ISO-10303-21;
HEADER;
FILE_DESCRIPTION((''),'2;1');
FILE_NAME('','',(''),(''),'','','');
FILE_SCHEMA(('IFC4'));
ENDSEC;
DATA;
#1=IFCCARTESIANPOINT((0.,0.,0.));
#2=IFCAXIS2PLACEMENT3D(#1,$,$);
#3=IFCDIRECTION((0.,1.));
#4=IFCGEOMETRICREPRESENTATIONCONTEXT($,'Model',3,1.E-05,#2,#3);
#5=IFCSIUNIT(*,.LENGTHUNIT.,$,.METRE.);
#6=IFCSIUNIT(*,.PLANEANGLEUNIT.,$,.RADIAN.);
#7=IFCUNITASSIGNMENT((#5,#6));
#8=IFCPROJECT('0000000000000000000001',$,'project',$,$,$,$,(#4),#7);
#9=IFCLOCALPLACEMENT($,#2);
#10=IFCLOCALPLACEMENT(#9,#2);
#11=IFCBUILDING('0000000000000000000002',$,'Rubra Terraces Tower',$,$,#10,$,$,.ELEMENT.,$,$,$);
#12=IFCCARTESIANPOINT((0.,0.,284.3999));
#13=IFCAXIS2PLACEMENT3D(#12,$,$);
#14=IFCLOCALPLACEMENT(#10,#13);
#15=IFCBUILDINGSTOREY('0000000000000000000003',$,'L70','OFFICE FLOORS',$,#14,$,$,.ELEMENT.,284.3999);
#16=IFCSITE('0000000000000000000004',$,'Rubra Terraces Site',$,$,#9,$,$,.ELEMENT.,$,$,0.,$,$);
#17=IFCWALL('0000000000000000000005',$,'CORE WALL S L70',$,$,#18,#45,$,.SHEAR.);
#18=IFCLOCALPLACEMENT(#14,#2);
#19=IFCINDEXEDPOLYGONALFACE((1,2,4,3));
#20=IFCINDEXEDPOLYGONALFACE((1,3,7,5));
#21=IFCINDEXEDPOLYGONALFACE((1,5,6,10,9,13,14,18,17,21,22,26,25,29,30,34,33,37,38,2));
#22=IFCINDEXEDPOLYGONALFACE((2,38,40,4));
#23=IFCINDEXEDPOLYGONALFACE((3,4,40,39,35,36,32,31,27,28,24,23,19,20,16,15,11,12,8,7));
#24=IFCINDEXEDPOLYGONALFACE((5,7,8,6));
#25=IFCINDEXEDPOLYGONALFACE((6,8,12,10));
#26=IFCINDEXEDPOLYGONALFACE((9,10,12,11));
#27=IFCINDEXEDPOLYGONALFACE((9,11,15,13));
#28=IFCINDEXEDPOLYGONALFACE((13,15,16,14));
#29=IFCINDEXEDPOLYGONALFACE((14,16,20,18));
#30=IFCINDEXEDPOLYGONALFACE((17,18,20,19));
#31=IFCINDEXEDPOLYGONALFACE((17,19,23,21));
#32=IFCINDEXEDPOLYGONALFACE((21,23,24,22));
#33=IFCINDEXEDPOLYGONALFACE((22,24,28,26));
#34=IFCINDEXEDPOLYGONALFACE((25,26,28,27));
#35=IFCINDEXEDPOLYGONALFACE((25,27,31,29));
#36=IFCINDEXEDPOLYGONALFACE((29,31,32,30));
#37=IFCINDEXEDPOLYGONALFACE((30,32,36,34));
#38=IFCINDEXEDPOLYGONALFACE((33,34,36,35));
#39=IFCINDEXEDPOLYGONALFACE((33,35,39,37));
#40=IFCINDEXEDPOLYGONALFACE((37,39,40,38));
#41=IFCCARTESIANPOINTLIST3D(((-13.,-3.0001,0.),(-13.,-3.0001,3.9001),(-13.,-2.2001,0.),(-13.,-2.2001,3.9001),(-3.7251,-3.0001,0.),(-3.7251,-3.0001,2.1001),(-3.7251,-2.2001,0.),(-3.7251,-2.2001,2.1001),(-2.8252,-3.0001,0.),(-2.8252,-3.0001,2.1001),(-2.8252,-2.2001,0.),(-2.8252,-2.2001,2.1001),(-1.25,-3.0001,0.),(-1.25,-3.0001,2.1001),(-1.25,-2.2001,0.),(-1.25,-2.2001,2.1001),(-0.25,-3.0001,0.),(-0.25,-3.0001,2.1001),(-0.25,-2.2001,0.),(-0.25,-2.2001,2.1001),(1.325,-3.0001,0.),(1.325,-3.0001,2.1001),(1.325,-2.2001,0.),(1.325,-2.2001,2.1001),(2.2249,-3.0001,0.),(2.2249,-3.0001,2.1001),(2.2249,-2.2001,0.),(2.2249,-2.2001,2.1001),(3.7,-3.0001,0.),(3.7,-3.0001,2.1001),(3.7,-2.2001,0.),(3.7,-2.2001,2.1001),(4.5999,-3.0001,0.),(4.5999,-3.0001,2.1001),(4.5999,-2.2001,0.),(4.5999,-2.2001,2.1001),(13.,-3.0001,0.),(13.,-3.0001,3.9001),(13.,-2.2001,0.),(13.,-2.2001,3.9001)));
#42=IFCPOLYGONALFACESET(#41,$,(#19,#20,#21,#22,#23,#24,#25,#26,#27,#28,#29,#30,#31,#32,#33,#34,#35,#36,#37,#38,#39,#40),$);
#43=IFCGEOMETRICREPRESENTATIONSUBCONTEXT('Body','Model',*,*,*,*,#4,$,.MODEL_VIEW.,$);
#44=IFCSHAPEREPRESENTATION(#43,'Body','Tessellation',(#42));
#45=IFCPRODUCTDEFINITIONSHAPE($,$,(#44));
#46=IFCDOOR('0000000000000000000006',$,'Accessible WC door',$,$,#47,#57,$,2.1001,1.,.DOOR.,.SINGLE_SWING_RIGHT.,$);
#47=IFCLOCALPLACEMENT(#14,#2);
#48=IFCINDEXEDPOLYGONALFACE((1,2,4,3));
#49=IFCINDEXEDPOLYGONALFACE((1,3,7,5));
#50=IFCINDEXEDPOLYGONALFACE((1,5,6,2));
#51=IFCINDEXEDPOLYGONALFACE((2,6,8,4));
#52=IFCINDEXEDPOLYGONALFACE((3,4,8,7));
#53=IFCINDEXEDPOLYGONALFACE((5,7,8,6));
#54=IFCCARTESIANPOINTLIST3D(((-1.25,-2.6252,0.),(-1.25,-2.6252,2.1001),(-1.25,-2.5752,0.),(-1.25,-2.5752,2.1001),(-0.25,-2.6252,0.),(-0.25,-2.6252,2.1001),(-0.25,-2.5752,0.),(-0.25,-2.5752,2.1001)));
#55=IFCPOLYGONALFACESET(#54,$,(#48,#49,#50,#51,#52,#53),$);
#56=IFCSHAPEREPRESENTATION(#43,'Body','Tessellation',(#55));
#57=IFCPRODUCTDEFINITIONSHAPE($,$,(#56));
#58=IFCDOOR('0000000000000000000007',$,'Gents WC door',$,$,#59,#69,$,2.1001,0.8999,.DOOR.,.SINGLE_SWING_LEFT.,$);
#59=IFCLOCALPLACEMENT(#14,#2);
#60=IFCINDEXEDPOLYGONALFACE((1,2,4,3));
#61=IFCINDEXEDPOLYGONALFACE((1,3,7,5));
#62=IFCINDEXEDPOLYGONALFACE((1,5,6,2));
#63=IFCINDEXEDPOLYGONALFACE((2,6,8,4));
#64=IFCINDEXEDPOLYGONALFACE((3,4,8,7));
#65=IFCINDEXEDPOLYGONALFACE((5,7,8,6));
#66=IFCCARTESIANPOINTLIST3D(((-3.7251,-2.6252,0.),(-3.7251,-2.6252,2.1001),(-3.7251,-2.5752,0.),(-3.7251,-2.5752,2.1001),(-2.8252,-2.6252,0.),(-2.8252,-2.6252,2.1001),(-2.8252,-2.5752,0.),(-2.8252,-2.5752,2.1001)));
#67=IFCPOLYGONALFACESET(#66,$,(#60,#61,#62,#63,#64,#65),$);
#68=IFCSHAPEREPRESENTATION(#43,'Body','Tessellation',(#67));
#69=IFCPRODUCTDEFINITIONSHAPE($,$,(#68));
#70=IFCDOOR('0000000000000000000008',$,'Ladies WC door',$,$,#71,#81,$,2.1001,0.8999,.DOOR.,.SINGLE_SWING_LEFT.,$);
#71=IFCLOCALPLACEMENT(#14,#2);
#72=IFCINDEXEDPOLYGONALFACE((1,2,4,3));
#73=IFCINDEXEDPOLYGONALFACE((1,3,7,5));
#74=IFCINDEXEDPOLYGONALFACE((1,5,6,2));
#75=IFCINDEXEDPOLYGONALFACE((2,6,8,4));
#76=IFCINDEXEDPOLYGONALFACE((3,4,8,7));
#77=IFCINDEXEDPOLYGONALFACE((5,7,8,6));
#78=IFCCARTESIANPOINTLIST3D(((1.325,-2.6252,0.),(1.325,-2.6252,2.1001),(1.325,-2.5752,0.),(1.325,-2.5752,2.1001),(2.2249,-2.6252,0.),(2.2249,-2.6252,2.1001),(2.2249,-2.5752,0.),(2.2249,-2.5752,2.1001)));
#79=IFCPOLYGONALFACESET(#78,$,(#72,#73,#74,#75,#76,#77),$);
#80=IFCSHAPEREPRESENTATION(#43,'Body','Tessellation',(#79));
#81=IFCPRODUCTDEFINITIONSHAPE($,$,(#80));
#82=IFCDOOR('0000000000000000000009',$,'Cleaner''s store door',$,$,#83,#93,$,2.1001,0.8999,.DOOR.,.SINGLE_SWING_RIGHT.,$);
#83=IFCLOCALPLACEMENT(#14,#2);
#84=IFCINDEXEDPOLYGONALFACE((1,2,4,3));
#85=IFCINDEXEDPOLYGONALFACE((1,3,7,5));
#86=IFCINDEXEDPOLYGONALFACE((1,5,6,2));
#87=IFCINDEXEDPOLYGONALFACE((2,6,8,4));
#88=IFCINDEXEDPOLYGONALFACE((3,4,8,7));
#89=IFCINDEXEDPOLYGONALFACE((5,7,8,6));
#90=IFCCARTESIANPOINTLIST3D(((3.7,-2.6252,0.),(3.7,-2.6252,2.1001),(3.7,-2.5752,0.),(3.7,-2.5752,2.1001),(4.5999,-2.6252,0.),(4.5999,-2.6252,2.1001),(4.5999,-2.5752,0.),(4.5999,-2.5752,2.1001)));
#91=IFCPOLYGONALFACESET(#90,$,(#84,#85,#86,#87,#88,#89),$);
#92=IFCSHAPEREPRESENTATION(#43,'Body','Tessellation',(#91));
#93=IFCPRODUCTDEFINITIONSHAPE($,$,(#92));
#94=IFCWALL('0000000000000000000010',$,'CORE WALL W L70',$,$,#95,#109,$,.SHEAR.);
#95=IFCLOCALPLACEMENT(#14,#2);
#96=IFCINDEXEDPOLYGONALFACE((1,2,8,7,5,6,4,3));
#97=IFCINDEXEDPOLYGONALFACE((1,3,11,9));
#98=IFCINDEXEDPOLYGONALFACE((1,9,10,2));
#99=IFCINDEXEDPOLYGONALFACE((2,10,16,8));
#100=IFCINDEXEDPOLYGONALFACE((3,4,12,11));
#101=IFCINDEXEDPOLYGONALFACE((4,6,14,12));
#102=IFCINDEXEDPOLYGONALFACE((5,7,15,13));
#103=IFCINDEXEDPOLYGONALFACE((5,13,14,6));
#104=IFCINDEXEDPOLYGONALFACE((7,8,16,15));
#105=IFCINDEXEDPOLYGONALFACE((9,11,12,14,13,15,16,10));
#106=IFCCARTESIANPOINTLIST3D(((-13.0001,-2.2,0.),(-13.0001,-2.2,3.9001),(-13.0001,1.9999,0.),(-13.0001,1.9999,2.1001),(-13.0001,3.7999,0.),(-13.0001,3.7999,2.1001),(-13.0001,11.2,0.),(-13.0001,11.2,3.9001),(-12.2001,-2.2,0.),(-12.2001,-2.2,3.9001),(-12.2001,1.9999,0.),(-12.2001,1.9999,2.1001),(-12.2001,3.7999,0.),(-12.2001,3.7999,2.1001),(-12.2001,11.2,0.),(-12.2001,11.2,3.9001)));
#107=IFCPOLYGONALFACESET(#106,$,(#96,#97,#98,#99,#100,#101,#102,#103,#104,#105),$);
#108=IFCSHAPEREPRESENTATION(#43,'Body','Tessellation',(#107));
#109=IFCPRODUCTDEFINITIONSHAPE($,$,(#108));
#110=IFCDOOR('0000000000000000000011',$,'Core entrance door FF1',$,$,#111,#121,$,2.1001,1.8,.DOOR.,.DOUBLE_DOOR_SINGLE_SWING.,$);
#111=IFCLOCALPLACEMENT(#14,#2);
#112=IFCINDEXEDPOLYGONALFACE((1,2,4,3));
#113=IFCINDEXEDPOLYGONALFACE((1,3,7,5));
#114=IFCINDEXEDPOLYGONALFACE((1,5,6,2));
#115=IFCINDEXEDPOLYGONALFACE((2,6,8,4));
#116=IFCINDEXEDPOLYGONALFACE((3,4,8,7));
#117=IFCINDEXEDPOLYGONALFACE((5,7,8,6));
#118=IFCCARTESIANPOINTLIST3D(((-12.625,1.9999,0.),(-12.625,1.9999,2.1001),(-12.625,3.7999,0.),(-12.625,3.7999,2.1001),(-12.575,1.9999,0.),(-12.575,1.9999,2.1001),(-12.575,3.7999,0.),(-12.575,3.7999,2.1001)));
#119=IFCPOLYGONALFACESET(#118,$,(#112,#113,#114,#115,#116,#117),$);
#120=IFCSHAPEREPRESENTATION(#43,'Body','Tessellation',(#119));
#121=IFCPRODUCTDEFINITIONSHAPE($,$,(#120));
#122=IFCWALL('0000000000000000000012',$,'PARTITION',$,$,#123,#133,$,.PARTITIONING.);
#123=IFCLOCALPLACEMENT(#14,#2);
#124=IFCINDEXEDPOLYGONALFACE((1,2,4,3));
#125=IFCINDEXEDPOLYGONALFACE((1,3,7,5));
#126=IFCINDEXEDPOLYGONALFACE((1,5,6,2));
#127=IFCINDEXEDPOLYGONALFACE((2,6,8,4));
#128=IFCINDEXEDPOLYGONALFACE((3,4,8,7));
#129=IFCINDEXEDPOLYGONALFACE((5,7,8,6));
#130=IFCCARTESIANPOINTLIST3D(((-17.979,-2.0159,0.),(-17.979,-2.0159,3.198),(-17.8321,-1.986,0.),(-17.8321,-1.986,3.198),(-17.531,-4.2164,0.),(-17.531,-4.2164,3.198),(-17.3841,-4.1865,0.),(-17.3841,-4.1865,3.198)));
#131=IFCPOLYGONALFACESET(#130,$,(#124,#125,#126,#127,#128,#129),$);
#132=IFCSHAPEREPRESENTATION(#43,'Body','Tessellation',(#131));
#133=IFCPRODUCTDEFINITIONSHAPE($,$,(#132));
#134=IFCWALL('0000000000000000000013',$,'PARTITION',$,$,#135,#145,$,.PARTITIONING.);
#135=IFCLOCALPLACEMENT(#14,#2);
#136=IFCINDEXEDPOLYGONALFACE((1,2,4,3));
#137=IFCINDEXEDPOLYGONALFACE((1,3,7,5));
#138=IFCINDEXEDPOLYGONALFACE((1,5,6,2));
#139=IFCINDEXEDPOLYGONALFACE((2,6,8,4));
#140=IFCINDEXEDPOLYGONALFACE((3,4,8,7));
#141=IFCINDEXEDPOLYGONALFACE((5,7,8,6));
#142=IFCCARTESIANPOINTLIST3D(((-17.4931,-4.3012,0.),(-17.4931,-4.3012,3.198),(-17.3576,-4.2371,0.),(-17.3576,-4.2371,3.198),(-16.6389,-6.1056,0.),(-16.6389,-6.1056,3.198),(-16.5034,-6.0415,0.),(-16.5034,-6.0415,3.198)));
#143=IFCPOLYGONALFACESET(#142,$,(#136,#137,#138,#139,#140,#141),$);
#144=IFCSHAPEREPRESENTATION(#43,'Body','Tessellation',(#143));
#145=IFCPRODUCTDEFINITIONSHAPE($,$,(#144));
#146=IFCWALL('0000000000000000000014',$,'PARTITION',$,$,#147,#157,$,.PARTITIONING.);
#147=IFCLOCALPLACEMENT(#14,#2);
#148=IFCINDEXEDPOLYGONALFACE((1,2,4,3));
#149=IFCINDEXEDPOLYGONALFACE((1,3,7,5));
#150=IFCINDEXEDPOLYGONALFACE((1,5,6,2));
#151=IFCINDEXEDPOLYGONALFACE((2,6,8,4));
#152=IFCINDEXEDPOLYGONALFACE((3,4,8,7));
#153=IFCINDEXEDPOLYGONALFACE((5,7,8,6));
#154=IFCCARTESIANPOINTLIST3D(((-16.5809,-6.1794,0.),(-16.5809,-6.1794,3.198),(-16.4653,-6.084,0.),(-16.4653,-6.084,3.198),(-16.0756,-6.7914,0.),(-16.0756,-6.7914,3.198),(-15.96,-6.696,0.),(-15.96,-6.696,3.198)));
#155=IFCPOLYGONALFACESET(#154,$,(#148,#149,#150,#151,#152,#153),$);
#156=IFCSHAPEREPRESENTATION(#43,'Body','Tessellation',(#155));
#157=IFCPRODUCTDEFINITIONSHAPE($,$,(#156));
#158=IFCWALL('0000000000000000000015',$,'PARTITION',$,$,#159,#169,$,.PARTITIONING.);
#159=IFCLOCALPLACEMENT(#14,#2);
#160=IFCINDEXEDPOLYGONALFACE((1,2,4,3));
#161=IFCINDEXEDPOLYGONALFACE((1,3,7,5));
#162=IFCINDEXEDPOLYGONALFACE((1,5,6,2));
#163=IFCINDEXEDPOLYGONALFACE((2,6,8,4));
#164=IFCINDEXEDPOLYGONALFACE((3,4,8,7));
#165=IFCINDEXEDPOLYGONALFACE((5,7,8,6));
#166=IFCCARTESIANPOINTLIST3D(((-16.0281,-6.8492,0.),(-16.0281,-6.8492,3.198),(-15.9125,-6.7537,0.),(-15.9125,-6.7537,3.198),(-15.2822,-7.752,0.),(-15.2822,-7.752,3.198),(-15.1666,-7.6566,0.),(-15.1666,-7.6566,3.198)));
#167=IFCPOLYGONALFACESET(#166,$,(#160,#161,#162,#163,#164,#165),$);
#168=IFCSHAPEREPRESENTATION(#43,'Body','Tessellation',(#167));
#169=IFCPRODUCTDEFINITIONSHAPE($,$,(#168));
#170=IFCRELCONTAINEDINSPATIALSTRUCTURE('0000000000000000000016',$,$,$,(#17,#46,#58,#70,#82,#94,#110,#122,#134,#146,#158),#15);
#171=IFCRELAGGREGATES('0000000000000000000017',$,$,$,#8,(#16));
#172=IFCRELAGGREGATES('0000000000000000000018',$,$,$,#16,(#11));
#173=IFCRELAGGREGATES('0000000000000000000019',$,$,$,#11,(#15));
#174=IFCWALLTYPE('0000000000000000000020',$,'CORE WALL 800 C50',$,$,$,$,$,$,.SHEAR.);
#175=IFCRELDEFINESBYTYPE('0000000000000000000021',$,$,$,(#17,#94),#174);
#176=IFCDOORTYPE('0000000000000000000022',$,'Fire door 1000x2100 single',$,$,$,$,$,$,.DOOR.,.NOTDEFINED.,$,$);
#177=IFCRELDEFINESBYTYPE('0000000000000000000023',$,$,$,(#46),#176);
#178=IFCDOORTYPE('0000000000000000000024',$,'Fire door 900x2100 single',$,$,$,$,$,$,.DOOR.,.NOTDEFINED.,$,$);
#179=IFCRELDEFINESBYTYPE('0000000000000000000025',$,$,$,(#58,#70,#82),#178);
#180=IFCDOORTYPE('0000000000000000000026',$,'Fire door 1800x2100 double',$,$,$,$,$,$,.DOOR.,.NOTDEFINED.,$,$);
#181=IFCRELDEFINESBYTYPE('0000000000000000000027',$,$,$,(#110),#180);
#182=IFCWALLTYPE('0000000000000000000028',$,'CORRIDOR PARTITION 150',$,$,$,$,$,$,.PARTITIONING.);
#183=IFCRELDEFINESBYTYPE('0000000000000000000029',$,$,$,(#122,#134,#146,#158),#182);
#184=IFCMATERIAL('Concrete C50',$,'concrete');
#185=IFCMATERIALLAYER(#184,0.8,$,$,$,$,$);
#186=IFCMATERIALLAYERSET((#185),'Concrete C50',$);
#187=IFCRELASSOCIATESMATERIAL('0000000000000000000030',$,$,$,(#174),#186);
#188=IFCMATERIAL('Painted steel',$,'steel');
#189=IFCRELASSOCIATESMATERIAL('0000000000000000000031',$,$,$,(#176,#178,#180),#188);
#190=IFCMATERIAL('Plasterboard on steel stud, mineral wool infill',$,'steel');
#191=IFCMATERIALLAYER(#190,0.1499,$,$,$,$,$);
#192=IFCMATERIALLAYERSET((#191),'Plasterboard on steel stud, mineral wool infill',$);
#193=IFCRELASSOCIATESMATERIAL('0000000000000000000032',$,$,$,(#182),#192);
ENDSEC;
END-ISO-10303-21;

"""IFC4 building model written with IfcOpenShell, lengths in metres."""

from ifc_helpers import new_model, si_unit, direction, frame, frame_2d, origin, place, context, subcontext, project, spatial, rectangle, extrude, material, layer, layer_set, type_object, element, fill, save


model = new_model("IFC4")

# Units and contexts
model_context = context("Model", 3, precision=1e-05, world=origin(), true_north=direction((0.0, 1.0)))
body_context = subcontext(model_context, "Body", "Model", "MODEL_VIEW")
ifc_project = project(units=[si_unit("LENGTHUNIT", "METRE"), si_unit("PLANEANGLEUNIT", "RADIAN")], contexts=[model_context])

# Site, building, storey
site_placement = place(None, origin())
site = spatial("IfcSite", under=ifc_project, at=site_placement, Name="Rubra Terraces Site", CompositionType="ELEMENT", RefElevation=0.0)
building_placement = place(site_placement, origin())
building = spatial("IfcBuilding", under=site, at=building_placement, Name="Rubra Terraces Tower", CompositionType="ELEMENT")
storey_placement = place(building_placement, frame((0.0, 0.0, 284.3999)))
storey = spatial("IfcBuildingStorey", under=building, at=storey_placement, Name="L70", Description="OFFICE FLOORS", CompositionType="ELEMENT", Elevation=284.3999)

# Shared definitions
ifc_material_1 = material(Name="Concrete C50", Category="concrete")

# Wall, openings, doors
ifc_layer_1 = layer(ifc_material_1, 0.8)
ifc_layer_set_1 = layer_set([ifc_layer_1], Name="Concrete C50")
wall_type_1 = type_object("IfcWallType", Name="CORE WALL 800 C50", PredefinedType="SHEAR", material=ifc_layer_set_1)
wall_1_placement = place(storey_placement, frame((-13.0, -2.6001, 0.0), z_axis=(0.0, 0.0, 1.0), x_axis=(1.0, 0.0, 0.0)))
wall_1 = element("IfcWall", 1, at=wall_1_placement, inside=storey, type_object=wall_type_1, Name="CORE WALL S L70", PredefinedType="SHEAR", context=body_context, shape_type="SweptSolid", body=[
    extrude(rectangle(XDim=26.0, YDim=0.8, at=frame_2d((13.0, 0.0))), origin(), (0.0, 0.0, 1.0), 3.9001),
])
opening_1_placement = place(wall_1_placement, frame((9.2749, 0.0, 0.0)))
opening_1 = element("IfcOpeningElement", 2, at=opening_1_placement, cuts=wall_1, PredefinedType="OPENING", context=body_context, shape_type="SweptSolid", body=[
    extrude(rectangle(XDim=0.8999, YDim=2.1001, at=frame_2d((0.45, 1.05))), frame((0.0, 0.4099, 0.0), z_axis=(0.0, -1.0, 0.0), x_axis=(1.0, 0.0, 0.0)), (0.0, 0.0, 1.0), 0.8201),
])
opening_2_placement = place(wall_1_placement, frame((11.75, 0.0, 0.0)))
opening_2 = element("IfcOpeningElement", 3, at=opening_2_placement, cuts=wall_1, PredefinedType="OPENING", context=body_context, shape_type="SweptSolid", body=[
    extrude(rectangle(XDim=1.0, YDim=2.1001, at=frame_2d((0.5, 1.05))), frame((0.0, 0.4099, 0.0), z_axis=(0.0, -1.0, 0.0), x_axis=(1.0, 0.0, 0.0)), (0.0, 0.0, 1.0), 0.8201),
])
opening_3_placement = place(wall_1_placement, frame((14.325, 0.0, 0.0)))
opening_3 = element("IfcOpeningElement", 4, at=opening_3_placement, cuts=wall_1, PredefinedType="OPENING", context=body_context, shape_type="SweptSolid", body=[
    extrude(rectangle(XDim=0.8999, YDim=2.1001, at=frame_2d((0.45, 1.05))), frame((0.0, 0.4099, 0.0), z_axis=(0.0, -1.0, 0.0), x_axis=(1.0, 0.0, 0.0)), (0.0, 0.0, 1.0), 0.8201),
])
opening_4_placement = place(wall_1_placement, frame((16.7, 0.0, 0.0)))
opening_4 = element("IfcOpeningElement", 5, at=opening_4_placement, cuts=wall_1, PredefinedType="OPENING", context=body_context, shape_type="SweptSolid", body=[
    extrude(rectangle(XDim=0.8999, YDim=2.1001, at=frame_2d((0.45, 1.05))), frame((0.0, 0.4099, 0.0), z_axis=(0.0, -1.0, 0.0), x_axis=(1.0, 0.0, 0.0)), (0.0, 0.0, 1.0), 0.8201),
])
ifc_material_2 = material(Name="Painted steel", Category="steel")
door_type_1 = type_object("IfcDoorType", Name="Fire door 1000x2100 single", OperationType="NOTDEFINED", PredefinedType="DOOR", material=ifc_material_2)
door_1_placement = place(opening_2_placement, origin())
door_1 = element("IfcDoor", 6, at=door_1_placement, inside=storey, type_object=door_type_1, Name="Accessible WC door", OperationType="SINGLE_SWING_RIGHT", OverallHeight=2.1001, OverallWidth=1.0, PredefinedType="DOOR", context=body_context, shape_type="SweptSolid", body=[
    extrude(rectangle(XDim=1.0, YDim=2.1001, at=frame_2d((0.5, 1.05))), frame((0.0, 0.0249, 0.0), z_axis=(0.0, -1.0, 0.0), x_axis=(1.0, 0.0, 0.0)), (0.0, 0.0, 1.0), 0.05),
])
fill(opening_2, door_1)
door_type_2 = type_object("IfcDoorType", Name="Fire door 900x2100 single", OperationType="NOTDEFINED", PredefinedType="DOOR", material=ifc_material_2)
door_2_placement = place(opening_1_placement, origin())
door_2 = element("IfcDoor", 7, at=door_2_placement, inside=storey, type_object=door_type_2, Name="Gents WC door", OperationType="SINGLE_SWING_LEFT", OverallHeight=2.1001, OverallWidth=0.8999, PredefinedType="DOOR", context=body_context, shape_type="SweptSolid", body=[
    extrude(rectangle(XDim=0.8999, YDim=2.1001, at=frame_2d((0.45, 1.05))), frame((0.0, 0.0249, 0.0), z_axis=(0.0, -1.0, 0.0), x_axis=(1.0, 0.0, 0.0)), (0.0, 0.0, 1.0), 0.05),
])
fill(opening_1, door_2)
door_3_placement = place(opening_3_placement, origin())
door_3 = element("IfcDoor", 8, at=door_3_placement, inside=storey, type_object=door_type_2, Name="Ladies WC door", OperationType="SINGLE_SWING_LEFT", OverallHeight=2.1001, OverallWidth=0.8999, PredefinedType="DOOR", context=body_context, shape_type="SweptSolid", body=[
    extrude(rectangle(XDim=0.8999, YDim=2.1001, at=frame_2d((0.45, 1.05))), frame((0.0, 0.0249, 0.0), z_axis=(0.0, -1.0, 0.0), x_axis=(1.0, 0.0, 0.0)), (0.0, 0.0, 1.0), 0.05),
])
fill(opening_3, door_3)
door_4_placement = place(opening_4_placement, origin())
door_4 = element("IfcDoor", 9, at=door_4_placement, inside=storey, type_object=door_type_2, Name="Cleaner's store door", OperationType="SINGLE_SWING_RIGHT", OverallHeight=2.1001, OverallWidth=0.8999, PredefinedType="DOOR", context=body_context, shape_type="SweptSolid", body=[
    extrude(rectangle(XDim=0.8999, YDim=2.1001, at=frame_2d((0.45, 1.05))), frame((0.0, 0.0249, 0.0), z_axis=(0.0, -1.0, 0.0), x_axis=(1.0, 0.0, 0.0)), (0.0, 0.0, 1.0), 0.05),
])
fill(opening_4, door_4)

# Wall, opening, door
wall_2_placement = place(storey_placement, frame((-12.6001, -2.2, 0.0), z_axis=(0.0, 0.0, 1.0), x_axis=(0.0, 1.0, 0.0)))
wall_2 = element("IfcWall", 10, at=wall_2_placement, inside=storey, type_object=wall_type_1, Name="CORE WALL W L70", PredefinedType="SHEAR", context=body_context, shape_type="SweptSolid", body=[
    extrude(rectangle(XDim=13.3999, YDim=0.8, at=frame_2d((6.7, 0.0))), origin(), (0.0, 0.0, 1.0), 3.9001),
])
opening_5_placement = place(wall_2_placement, frame((4.2, 0.0, 0.0)))
opening_5 = element("IfcOpeningElement", 11, at=opening_5_placement, cuts=wall_2, PredefinedType="OPENING", context=body_context, shape_type="SweptSolid", body=[
    extrude(rectangle(XDim=1.8, YDim=2.1001, at=frame_2d((0.8999, 1.05))), frame((0.0, 0.4099, 0.0), z_axis=(0.0, -1.0, 0.0), x_axis=(1.0, 0.0, 0.0)), (0.0, 0.0, 1.0), 0.8201),
])
door_type_3 = type_object("IfcDoorType", Name="Fire door 1800x2100 double", OperationType="NOTDEFINED", PredefinedType="DOOR", material=ifc_material_2)
door_5_placement = place(opening_5_placement, origin())
door_5 = element("IfcDoor", 12, at=door_5_placement, inside=storey, type_object=door_type_3, Name="Core entrance door FF1", OperationType="DOUBLE_DOOR_SINGLE_SWING", OverallHeight=2.1001, OverallWidth=1.8, PredefinedType="DOOR", context=body_context, shape_type="SweptSolid", body=[
    extrude(rectangle(XDim=1.8, YDim=2.1001, at=frame_2d((0.8999, 1.05))), frame((0.0, 0.0249, 0.0), z_axis=(0.0, -1.0, 0.0), x_axis=(1.0, 0.0, 0.0)), (0.0, 0.0, 1.0), 0.05),
])
fill(opening_5, door_5)

# Walls
ifc_material_3 = material(Name="Plasterboard on steel stud, mineral wool infill", Category="steel")
ifc_layer_2 = layer(ifc_material_3, 0.1499)
ifc_layer_set_2 = layer_set([ifc_layer_2], Name="Plasterboard on steel stud, mineral wool infill")
wall_type_2 = type_object("IfcWallType", Name="CORRIDOR PARTITION 150", PredefinedType="PARTITIONING", material=ifc_layer_set_2)
wall_3_placement = place(storey_placement, frame((-17.9055, -2.001, 0.0), z_axis=(0.0, 0.0, 1.0), x_axis=(0.199502, -0.979897, 0.0)))
element("IfcWall", 13, at=wall_3_placement, inside=storey, type_object=wall_type_2, Name="PARTITION", PredefinedType="PARTITIONING", context=body_context, shape_type="SweptSolid", body=[
    extrude(rectangle(XDim=2.2456, YDim=0.1499, at=frame_2d((1.1228, 0.0))), origin(), (0.0, 0.0, 1.0), 3.198),
])
wall_4_placement = place(storey_placement, frame((-17.4253, -4.2693, 0.0), z_axis=(0.0, 0.0, 1.0), x_axis=(0.427887, -0.903832, 0.0)))
element("IfcWall", 14, at=wall_4_placement, inside=storey, type_object=wall_type_2, Name="PARTITION", PredefinedType="PARTITIONING", context=body_context, shape_type="SweptSolid", body=[
    extrude(rectangle(XDim=1.9963, YDim=0.1499, at=frame_2d((0.998, 0.0))), origin(), (0.0, 0.0, 1.0), 3.198),
])
wall_5_placement = place(storey_placement, frame((-16.5232, -6.1316, 0.0), z_axis=(0.0, 0.0, 1.0), x_axis=(0.636699, -0.771113, 0.0)))
element("IfcWall", 15, at=wall_5_placement, inside=storey, type_object=wall_type_2, Name="PARTITION", PredefinedType="PARTITIONING", context=body_context, shape_type="SweptSolid", body=[
    extrude(rectangle(XDim=0.7937, YDim=0.1499, at=frame_2d((0.397, 0.0))), origin(), (0.0, 0.0, 1.0), 3.198),
])
wall_6_placement = place(storey_placement, frame((-15.9702, -6.8015, 0.0), z_axis=(0.0, 0.0, 1.0), x_axis=(0.636898, -0.770948, 0.0)))
element("IfcWall", 16, at=wall_6_placement, inside=storey, type_object=wall_type_2, Name="PARTITION", PredefinedType="PARTITIONING", context=body_context, shape_type="SweptSolid", body=[
    extrude(rectangle(XDim=1.1711, YDim=0.1499, at=frame_2d((0.5854, 0.0))), origin(), (0.0, 0.0, 1.0), 3.198),
])

save(model, "model.ifc")
